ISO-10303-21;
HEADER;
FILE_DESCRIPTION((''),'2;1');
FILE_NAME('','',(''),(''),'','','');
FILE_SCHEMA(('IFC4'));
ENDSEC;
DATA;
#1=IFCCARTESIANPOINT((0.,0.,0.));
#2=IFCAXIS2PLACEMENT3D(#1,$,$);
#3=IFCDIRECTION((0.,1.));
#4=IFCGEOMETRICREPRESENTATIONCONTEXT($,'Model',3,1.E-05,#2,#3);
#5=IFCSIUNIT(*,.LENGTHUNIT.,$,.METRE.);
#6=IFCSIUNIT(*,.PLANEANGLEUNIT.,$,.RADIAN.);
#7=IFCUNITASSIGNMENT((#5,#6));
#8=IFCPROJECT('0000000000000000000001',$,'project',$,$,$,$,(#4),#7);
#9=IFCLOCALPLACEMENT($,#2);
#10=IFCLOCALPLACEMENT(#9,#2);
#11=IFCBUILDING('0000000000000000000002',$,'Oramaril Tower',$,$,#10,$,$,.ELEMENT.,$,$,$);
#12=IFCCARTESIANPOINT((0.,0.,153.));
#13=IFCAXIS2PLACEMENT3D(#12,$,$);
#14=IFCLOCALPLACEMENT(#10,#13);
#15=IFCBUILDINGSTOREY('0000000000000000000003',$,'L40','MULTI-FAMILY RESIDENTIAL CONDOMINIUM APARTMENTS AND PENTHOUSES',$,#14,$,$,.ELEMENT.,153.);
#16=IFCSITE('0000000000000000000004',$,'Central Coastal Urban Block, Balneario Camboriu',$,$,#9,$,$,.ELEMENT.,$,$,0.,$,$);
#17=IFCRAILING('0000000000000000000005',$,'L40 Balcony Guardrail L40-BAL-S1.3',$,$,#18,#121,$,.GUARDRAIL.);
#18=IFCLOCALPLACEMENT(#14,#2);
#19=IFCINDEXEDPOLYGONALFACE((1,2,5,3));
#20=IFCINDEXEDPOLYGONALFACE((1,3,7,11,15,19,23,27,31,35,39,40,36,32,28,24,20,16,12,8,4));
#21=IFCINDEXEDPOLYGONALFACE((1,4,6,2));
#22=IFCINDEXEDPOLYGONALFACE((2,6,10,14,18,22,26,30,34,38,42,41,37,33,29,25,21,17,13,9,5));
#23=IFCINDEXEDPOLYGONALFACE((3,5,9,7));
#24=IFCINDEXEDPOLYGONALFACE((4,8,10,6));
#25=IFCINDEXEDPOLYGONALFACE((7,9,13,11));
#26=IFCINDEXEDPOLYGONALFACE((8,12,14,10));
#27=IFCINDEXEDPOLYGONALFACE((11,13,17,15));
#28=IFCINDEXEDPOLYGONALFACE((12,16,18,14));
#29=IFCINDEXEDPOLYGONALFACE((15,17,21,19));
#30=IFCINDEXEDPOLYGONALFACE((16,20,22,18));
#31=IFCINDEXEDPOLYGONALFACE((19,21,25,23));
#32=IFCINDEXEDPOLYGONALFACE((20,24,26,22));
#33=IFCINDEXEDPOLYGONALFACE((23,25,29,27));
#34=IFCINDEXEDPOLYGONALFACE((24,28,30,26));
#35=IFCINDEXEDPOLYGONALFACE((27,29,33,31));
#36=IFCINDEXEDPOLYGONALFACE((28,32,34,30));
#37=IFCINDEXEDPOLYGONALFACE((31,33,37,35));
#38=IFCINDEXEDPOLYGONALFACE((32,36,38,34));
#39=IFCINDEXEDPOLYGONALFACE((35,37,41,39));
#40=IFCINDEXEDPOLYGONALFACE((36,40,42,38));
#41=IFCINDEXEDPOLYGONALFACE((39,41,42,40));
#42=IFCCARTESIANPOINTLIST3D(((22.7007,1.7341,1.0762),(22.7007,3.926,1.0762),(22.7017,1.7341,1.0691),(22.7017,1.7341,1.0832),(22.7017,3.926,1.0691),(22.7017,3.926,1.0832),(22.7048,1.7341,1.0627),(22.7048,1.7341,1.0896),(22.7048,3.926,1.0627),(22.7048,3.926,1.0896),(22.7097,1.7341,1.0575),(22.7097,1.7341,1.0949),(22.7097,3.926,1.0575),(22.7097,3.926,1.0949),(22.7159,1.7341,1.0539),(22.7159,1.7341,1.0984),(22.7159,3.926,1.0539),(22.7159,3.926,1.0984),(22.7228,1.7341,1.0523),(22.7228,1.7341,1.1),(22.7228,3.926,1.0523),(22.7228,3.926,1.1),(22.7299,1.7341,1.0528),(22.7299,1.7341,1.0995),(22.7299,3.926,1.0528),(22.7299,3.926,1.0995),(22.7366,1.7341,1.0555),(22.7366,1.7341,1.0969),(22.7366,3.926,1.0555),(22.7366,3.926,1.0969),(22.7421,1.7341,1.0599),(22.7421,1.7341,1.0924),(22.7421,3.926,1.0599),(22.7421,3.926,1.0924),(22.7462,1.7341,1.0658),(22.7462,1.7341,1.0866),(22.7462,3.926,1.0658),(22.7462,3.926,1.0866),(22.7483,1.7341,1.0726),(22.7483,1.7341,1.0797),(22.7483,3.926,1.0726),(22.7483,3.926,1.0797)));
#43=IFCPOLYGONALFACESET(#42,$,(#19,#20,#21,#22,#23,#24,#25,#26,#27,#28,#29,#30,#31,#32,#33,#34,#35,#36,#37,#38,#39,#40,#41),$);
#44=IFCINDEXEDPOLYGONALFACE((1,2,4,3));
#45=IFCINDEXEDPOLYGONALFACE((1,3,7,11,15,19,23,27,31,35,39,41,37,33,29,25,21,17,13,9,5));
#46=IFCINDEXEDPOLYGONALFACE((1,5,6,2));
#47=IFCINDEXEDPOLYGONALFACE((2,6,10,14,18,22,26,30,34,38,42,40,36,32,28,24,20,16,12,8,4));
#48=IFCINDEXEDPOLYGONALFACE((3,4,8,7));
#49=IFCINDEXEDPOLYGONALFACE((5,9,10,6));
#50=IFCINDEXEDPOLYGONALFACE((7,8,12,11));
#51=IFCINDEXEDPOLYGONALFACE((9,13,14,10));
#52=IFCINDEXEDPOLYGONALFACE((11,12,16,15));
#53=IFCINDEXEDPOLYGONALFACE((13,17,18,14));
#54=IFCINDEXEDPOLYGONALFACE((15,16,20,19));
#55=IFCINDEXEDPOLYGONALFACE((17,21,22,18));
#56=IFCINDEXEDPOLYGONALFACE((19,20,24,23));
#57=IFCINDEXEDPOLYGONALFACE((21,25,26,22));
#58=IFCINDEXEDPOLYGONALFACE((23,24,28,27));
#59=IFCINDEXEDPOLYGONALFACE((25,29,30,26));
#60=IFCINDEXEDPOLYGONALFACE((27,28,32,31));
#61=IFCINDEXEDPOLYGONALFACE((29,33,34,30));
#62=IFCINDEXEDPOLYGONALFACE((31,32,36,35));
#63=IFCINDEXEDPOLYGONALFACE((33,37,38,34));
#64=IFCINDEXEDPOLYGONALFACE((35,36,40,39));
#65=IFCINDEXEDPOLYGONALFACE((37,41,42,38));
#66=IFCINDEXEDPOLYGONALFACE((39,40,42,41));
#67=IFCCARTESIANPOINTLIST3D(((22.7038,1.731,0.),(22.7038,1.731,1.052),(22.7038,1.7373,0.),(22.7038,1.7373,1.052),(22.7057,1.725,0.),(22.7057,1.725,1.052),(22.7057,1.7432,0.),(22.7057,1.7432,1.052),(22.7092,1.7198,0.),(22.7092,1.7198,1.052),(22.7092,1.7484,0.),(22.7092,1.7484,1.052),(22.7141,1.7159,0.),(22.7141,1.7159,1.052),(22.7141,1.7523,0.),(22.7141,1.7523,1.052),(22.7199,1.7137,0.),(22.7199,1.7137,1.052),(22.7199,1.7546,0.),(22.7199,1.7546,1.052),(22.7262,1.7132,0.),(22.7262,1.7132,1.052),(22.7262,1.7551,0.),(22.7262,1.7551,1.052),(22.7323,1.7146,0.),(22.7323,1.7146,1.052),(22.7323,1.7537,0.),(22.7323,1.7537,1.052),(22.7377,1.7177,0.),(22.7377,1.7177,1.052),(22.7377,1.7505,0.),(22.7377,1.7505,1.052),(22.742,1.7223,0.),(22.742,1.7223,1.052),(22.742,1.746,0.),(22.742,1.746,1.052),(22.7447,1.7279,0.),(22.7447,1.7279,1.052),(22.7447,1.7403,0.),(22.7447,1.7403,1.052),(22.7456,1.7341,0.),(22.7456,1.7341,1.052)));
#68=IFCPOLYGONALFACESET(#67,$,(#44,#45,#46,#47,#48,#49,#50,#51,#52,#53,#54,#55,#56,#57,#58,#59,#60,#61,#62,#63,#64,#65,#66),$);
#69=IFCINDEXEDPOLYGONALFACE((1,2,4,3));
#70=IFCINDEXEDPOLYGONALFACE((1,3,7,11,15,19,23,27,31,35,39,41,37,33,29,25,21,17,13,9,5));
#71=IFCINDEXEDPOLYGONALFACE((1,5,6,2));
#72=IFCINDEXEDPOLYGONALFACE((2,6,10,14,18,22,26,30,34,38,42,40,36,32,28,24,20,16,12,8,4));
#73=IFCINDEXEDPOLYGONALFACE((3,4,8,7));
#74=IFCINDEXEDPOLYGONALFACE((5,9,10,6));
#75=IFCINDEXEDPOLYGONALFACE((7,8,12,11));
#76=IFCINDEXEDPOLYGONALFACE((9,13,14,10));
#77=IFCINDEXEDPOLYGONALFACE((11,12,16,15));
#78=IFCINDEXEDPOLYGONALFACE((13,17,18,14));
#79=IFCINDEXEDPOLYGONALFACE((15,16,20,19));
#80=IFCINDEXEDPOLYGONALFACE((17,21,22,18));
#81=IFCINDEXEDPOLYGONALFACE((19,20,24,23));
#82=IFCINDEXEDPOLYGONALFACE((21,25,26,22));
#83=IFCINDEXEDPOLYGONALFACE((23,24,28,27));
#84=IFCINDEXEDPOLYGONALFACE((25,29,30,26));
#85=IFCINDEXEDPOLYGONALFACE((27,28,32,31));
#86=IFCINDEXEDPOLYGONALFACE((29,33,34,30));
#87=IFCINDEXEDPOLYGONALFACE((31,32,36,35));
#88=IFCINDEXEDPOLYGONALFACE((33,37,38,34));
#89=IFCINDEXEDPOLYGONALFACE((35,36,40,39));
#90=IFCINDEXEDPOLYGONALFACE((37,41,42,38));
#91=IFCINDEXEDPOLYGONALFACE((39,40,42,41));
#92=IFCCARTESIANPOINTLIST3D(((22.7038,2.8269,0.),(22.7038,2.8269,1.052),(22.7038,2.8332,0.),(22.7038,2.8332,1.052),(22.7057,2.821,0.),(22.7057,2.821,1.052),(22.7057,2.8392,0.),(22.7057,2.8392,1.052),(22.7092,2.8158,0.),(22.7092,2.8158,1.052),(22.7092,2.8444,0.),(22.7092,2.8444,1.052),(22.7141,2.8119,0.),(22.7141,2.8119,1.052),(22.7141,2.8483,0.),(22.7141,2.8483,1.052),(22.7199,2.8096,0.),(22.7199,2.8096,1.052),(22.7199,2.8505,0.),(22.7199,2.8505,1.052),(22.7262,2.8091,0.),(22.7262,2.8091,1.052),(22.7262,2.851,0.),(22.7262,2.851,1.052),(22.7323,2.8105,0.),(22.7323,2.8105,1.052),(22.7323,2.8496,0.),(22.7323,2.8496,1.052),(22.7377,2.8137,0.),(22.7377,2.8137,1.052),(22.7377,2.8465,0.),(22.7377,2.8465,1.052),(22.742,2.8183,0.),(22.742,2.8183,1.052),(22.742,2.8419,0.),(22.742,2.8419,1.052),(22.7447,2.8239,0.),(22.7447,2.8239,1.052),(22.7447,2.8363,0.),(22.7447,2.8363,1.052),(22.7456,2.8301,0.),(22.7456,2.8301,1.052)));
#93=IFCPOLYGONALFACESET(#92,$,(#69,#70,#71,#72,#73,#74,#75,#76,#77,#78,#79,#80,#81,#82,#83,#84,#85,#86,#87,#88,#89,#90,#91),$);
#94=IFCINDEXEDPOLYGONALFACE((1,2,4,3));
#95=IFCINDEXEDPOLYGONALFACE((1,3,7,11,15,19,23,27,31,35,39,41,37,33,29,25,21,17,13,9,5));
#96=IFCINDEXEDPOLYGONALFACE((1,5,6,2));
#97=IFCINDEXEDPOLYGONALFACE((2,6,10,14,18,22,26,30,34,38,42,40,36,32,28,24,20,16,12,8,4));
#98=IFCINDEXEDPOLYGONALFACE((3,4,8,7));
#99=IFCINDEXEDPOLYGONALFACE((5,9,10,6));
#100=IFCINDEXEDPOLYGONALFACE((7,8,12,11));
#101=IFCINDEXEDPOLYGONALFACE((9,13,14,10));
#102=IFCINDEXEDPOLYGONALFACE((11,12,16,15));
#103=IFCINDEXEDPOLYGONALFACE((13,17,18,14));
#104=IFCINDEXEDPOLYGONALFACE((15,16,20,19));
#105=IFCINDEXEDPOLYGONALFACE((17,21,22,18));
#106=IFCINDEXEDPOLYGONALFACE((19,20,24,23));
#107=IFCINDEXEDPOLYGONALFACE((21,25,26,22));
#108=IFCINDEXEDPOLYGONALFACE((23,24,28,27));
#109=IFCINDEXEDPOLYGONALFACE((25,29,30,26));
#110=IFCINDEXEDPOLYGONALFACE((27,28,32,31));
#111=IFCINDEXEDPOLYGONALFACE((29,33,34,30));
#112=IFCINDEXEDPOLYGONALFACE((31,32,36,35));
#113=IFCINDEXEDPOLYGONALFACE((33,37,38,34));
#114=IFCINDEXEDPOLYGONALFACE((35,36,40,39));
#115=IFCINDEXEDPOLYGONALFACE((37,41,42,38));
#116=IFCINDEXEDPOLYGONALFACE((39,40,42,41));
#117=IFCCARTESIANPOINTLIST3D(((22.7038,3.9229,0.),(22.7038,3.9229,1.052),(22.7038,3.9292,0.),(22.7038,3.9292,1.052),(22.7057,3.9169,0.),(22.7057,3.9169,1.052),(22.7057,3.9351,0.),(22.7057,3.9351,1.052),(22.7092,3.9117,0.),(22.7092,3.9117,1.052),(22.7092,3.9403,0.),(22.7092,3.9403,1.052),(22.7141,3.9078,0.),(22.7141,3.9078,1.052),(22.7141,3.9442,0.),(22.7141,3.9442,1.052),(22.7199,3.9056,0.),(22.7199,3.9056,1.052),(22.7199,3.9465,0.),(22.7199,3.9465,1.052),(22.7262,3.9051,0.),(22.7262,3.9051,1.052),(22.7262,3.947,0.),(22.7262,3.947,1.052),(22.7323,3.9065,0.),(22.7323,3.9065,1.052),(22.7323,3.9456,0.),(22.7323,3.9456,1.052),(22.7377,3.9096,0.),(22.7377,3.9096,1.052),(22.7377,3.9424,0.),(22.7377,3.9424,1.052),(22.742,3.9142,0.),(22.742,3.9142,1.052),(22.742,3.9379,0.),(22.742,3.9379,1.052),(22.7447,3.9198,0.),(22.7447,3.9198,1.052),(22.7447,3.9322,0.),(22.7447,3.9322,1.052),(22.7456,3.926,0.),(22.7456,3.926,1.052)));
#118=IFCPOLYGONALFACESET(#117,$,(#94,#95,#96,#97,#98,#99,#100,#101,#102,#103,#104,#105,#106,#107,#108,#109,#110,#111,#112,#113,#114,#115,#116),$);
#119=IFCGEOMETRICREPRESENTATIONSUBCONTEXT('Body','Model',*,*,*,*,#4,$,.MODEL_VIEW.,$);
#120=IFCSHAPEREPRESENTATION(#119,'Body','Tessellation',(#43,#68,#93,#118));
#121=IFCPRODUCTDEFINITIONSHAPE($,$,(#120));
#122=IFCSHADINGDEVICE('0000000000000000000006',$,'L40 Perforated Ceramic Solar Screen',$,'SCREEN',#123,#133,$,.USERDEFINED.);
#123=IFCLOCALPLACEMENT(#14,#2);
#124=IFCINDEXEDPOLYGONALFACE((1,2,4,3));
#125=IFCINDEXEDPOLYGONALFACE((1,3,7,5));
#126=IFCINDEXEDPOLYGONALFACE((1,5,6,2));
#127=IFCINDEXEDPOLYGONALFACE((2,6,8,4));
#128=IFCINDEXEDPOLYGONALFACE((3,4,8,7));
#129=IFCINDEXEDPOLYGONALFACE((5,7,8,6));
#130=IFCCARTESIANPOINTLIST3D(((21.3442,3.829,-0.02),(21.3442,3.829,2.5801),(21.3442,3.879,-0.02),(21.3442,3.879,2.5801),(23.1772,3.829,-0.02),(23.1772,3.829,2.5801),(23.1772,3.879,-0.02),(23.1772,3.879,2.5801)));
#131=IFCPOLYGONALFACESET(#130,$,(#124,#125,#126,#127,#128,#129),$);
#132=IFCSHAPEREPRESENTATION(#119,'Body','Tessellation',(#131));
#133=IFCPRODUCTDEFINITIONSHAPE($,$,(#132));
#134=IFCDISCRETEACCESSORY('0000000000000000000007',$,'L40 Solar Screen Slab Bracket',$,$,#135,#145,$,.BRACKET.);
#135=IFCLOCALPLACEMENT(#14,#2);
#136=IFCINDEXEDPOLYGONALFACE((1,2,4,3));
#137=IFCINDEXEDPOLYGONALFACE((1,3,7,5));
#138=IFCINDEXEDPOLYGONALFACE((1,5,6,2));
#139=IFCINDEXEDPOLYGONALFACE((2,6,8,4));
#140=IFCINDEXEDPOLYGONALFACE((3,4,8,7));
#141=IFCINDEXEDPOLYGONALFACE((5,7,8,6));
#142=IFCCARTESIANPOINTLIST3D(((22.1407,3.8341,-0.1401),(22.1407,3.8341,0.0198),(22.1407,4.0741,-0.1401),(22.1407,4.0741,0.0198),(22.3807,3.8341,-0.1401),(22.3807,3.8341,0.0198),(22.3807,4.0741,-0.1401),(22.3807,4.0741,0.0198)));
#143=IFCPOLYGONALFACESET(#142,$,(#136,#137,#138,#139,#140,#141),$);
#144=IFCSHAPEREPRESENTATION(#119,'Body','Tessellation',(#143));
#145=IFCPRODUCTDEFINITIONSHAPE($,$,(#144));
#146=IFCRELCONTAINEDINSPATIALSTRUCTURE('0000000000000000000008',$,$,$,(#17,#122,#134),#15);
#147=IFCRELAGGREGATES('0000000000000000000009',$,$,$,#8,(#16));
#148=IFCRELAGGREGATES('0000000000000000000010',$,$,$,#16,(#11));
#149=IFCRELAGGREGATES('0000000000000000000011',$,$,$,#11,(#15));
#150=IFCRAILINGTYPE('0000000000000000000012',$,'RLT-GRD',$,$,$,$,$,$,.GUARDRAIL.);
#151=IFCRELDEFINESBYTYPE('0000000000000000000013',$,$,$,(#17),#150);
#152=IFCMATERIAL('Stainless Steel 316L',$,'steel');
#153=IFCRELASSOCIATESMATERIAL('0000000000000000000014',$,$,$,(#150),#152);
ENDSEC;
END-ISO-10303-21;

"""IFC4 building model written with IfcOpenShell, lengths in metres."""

from ifc_helpers import new_model, si_unit, direction, frame, origin, origin_2d, place, context, subcontext, project, spatial, rectangle, circle, extrude, material, type_object, element, save


model = new_model("IFC4")

# Units and contexts
model_context = context("Model", 3, precision=1e-05, world=origin(), true_north=direction((0.0, 1.0)))
body_context = subcontext(model_context, "Body", "Model", "MODEL_VIEW")
ifc_project = project(units=[si_unit("LENGTHUNIT", "METRE"), si_unit("PLANEANGLEUNIT", "RADIAN")], contexts=[model_context])

# Site, building, storey
site_placement = place(None, origin())
site = spatial("IfcSite", under=ifc_project, at=site_placement, Name="Central Coastal Urban Block, Balneario Camboriu", CompositionType="ELEMENT", RefElevation=0.0)
building_placement = place(site_placement, origin())
building = spatial("IfcBuilding", under=site, at=building_placement, Name="Oramaril Tower", CompositionType="ELEMENT")
storey_placement = place(building_placement, frame((0.0, 0.0, 153.0)))
storey = spatial("IfcBuildingStorey", under=building, at=storey_placement, Name="L40", Description="MULTI-FAMILY RESIDENTIAL CONDOMINIUM APARTMENTS AND PENTHOUSES", CompositionType="ELEMENT", Elevation=153.0)

# Railing
ifc_material_1 = material(Name="Stainless Steel 316L", Category="steel")
railing_type = type_object("IfcRailingType", Name="RLT-GRD", PredefinedType="GUARDRAIL", material=ifc_material_1)
railing_placement = place(storey_placement, frame((22.7246, 1.7341, 0.0)))
element("IfcRailing", 1, at=railing_placement, inside=storey, type_object=railing_type, Name="L40 Balcony Guardrail L40-BAL-S1.3", PredefinedType="GUARDRAIL", context=body_context, shape_type="SweptSolid", body=[
    extrude(circle(Radius=0.0239, at=origin_2d()), frame((0.0, 0.0, 1.0762), z_axis=(0.0, 1.0, 0.0), x_axis=(-1.0, 0.0, 0.0)), (0.0, 0.0, 1.0), 2.1919),
    extrude(circle(Radius=0.021, at=origin_2d()), origin(), (0.0, 0.0, 1.0), 1.052),
    extrude(circle(Radius=0.021, at=origin_2d()), frame((0.0, 1.0959, 0.0)), (0.0, 0.0, 1.0), 1.052),
    extrude(circle(Radius=0.021, at=origin_2d()), frame((0.0, 2.1919, 0.0)), (0.0, 0.0, 1.0), 1.052),
])

# Shading device
shading_device_placement = place(storey_placement, frame((22.2607, 3.854, -0.02), z_axis=(0.0, 0.0, 1.0), x_axis=(1.0, 0.0, 0.0)))
element("IfcShadingDevice", 2, at=shading_device_placement, inside=storey, Name="L40 Perforated Ceramic Solar Screen", ObjectType="SCREEN", PredefinedType="USERDEFINED", context=body_context, shape_type="SweptSolid", body=[
    extrude(rectangle(XDim=1.833, YDim=0.05, at=origin_2d()), origin(), (0.0, 0.0, 1.0), 2.6001),
])

# Discrete accessory
discrete_accessory_placement = place(storey_placement, frame((22.2607, 3.9541, -0.1401), z_axis=(0.0, 0.0, 1.0), x_axis=(1.0, 0.0, 0.0)))
element("IfcDiscreteAccessory", 3, at=discrete_accessory_placement, inside=storey, Name="L40 Solar Screen Slab Bracket", PredefinedType="BRACKET", context=body_context, shape_type="SweptSolid", body=[
    extrude(rectangle(XDim=0.24, YDim=0.24, at=origin_2d()), origin(), (0.0, 0.0, 1.0), 0.1599),
])

save(model, "model.ifc")
